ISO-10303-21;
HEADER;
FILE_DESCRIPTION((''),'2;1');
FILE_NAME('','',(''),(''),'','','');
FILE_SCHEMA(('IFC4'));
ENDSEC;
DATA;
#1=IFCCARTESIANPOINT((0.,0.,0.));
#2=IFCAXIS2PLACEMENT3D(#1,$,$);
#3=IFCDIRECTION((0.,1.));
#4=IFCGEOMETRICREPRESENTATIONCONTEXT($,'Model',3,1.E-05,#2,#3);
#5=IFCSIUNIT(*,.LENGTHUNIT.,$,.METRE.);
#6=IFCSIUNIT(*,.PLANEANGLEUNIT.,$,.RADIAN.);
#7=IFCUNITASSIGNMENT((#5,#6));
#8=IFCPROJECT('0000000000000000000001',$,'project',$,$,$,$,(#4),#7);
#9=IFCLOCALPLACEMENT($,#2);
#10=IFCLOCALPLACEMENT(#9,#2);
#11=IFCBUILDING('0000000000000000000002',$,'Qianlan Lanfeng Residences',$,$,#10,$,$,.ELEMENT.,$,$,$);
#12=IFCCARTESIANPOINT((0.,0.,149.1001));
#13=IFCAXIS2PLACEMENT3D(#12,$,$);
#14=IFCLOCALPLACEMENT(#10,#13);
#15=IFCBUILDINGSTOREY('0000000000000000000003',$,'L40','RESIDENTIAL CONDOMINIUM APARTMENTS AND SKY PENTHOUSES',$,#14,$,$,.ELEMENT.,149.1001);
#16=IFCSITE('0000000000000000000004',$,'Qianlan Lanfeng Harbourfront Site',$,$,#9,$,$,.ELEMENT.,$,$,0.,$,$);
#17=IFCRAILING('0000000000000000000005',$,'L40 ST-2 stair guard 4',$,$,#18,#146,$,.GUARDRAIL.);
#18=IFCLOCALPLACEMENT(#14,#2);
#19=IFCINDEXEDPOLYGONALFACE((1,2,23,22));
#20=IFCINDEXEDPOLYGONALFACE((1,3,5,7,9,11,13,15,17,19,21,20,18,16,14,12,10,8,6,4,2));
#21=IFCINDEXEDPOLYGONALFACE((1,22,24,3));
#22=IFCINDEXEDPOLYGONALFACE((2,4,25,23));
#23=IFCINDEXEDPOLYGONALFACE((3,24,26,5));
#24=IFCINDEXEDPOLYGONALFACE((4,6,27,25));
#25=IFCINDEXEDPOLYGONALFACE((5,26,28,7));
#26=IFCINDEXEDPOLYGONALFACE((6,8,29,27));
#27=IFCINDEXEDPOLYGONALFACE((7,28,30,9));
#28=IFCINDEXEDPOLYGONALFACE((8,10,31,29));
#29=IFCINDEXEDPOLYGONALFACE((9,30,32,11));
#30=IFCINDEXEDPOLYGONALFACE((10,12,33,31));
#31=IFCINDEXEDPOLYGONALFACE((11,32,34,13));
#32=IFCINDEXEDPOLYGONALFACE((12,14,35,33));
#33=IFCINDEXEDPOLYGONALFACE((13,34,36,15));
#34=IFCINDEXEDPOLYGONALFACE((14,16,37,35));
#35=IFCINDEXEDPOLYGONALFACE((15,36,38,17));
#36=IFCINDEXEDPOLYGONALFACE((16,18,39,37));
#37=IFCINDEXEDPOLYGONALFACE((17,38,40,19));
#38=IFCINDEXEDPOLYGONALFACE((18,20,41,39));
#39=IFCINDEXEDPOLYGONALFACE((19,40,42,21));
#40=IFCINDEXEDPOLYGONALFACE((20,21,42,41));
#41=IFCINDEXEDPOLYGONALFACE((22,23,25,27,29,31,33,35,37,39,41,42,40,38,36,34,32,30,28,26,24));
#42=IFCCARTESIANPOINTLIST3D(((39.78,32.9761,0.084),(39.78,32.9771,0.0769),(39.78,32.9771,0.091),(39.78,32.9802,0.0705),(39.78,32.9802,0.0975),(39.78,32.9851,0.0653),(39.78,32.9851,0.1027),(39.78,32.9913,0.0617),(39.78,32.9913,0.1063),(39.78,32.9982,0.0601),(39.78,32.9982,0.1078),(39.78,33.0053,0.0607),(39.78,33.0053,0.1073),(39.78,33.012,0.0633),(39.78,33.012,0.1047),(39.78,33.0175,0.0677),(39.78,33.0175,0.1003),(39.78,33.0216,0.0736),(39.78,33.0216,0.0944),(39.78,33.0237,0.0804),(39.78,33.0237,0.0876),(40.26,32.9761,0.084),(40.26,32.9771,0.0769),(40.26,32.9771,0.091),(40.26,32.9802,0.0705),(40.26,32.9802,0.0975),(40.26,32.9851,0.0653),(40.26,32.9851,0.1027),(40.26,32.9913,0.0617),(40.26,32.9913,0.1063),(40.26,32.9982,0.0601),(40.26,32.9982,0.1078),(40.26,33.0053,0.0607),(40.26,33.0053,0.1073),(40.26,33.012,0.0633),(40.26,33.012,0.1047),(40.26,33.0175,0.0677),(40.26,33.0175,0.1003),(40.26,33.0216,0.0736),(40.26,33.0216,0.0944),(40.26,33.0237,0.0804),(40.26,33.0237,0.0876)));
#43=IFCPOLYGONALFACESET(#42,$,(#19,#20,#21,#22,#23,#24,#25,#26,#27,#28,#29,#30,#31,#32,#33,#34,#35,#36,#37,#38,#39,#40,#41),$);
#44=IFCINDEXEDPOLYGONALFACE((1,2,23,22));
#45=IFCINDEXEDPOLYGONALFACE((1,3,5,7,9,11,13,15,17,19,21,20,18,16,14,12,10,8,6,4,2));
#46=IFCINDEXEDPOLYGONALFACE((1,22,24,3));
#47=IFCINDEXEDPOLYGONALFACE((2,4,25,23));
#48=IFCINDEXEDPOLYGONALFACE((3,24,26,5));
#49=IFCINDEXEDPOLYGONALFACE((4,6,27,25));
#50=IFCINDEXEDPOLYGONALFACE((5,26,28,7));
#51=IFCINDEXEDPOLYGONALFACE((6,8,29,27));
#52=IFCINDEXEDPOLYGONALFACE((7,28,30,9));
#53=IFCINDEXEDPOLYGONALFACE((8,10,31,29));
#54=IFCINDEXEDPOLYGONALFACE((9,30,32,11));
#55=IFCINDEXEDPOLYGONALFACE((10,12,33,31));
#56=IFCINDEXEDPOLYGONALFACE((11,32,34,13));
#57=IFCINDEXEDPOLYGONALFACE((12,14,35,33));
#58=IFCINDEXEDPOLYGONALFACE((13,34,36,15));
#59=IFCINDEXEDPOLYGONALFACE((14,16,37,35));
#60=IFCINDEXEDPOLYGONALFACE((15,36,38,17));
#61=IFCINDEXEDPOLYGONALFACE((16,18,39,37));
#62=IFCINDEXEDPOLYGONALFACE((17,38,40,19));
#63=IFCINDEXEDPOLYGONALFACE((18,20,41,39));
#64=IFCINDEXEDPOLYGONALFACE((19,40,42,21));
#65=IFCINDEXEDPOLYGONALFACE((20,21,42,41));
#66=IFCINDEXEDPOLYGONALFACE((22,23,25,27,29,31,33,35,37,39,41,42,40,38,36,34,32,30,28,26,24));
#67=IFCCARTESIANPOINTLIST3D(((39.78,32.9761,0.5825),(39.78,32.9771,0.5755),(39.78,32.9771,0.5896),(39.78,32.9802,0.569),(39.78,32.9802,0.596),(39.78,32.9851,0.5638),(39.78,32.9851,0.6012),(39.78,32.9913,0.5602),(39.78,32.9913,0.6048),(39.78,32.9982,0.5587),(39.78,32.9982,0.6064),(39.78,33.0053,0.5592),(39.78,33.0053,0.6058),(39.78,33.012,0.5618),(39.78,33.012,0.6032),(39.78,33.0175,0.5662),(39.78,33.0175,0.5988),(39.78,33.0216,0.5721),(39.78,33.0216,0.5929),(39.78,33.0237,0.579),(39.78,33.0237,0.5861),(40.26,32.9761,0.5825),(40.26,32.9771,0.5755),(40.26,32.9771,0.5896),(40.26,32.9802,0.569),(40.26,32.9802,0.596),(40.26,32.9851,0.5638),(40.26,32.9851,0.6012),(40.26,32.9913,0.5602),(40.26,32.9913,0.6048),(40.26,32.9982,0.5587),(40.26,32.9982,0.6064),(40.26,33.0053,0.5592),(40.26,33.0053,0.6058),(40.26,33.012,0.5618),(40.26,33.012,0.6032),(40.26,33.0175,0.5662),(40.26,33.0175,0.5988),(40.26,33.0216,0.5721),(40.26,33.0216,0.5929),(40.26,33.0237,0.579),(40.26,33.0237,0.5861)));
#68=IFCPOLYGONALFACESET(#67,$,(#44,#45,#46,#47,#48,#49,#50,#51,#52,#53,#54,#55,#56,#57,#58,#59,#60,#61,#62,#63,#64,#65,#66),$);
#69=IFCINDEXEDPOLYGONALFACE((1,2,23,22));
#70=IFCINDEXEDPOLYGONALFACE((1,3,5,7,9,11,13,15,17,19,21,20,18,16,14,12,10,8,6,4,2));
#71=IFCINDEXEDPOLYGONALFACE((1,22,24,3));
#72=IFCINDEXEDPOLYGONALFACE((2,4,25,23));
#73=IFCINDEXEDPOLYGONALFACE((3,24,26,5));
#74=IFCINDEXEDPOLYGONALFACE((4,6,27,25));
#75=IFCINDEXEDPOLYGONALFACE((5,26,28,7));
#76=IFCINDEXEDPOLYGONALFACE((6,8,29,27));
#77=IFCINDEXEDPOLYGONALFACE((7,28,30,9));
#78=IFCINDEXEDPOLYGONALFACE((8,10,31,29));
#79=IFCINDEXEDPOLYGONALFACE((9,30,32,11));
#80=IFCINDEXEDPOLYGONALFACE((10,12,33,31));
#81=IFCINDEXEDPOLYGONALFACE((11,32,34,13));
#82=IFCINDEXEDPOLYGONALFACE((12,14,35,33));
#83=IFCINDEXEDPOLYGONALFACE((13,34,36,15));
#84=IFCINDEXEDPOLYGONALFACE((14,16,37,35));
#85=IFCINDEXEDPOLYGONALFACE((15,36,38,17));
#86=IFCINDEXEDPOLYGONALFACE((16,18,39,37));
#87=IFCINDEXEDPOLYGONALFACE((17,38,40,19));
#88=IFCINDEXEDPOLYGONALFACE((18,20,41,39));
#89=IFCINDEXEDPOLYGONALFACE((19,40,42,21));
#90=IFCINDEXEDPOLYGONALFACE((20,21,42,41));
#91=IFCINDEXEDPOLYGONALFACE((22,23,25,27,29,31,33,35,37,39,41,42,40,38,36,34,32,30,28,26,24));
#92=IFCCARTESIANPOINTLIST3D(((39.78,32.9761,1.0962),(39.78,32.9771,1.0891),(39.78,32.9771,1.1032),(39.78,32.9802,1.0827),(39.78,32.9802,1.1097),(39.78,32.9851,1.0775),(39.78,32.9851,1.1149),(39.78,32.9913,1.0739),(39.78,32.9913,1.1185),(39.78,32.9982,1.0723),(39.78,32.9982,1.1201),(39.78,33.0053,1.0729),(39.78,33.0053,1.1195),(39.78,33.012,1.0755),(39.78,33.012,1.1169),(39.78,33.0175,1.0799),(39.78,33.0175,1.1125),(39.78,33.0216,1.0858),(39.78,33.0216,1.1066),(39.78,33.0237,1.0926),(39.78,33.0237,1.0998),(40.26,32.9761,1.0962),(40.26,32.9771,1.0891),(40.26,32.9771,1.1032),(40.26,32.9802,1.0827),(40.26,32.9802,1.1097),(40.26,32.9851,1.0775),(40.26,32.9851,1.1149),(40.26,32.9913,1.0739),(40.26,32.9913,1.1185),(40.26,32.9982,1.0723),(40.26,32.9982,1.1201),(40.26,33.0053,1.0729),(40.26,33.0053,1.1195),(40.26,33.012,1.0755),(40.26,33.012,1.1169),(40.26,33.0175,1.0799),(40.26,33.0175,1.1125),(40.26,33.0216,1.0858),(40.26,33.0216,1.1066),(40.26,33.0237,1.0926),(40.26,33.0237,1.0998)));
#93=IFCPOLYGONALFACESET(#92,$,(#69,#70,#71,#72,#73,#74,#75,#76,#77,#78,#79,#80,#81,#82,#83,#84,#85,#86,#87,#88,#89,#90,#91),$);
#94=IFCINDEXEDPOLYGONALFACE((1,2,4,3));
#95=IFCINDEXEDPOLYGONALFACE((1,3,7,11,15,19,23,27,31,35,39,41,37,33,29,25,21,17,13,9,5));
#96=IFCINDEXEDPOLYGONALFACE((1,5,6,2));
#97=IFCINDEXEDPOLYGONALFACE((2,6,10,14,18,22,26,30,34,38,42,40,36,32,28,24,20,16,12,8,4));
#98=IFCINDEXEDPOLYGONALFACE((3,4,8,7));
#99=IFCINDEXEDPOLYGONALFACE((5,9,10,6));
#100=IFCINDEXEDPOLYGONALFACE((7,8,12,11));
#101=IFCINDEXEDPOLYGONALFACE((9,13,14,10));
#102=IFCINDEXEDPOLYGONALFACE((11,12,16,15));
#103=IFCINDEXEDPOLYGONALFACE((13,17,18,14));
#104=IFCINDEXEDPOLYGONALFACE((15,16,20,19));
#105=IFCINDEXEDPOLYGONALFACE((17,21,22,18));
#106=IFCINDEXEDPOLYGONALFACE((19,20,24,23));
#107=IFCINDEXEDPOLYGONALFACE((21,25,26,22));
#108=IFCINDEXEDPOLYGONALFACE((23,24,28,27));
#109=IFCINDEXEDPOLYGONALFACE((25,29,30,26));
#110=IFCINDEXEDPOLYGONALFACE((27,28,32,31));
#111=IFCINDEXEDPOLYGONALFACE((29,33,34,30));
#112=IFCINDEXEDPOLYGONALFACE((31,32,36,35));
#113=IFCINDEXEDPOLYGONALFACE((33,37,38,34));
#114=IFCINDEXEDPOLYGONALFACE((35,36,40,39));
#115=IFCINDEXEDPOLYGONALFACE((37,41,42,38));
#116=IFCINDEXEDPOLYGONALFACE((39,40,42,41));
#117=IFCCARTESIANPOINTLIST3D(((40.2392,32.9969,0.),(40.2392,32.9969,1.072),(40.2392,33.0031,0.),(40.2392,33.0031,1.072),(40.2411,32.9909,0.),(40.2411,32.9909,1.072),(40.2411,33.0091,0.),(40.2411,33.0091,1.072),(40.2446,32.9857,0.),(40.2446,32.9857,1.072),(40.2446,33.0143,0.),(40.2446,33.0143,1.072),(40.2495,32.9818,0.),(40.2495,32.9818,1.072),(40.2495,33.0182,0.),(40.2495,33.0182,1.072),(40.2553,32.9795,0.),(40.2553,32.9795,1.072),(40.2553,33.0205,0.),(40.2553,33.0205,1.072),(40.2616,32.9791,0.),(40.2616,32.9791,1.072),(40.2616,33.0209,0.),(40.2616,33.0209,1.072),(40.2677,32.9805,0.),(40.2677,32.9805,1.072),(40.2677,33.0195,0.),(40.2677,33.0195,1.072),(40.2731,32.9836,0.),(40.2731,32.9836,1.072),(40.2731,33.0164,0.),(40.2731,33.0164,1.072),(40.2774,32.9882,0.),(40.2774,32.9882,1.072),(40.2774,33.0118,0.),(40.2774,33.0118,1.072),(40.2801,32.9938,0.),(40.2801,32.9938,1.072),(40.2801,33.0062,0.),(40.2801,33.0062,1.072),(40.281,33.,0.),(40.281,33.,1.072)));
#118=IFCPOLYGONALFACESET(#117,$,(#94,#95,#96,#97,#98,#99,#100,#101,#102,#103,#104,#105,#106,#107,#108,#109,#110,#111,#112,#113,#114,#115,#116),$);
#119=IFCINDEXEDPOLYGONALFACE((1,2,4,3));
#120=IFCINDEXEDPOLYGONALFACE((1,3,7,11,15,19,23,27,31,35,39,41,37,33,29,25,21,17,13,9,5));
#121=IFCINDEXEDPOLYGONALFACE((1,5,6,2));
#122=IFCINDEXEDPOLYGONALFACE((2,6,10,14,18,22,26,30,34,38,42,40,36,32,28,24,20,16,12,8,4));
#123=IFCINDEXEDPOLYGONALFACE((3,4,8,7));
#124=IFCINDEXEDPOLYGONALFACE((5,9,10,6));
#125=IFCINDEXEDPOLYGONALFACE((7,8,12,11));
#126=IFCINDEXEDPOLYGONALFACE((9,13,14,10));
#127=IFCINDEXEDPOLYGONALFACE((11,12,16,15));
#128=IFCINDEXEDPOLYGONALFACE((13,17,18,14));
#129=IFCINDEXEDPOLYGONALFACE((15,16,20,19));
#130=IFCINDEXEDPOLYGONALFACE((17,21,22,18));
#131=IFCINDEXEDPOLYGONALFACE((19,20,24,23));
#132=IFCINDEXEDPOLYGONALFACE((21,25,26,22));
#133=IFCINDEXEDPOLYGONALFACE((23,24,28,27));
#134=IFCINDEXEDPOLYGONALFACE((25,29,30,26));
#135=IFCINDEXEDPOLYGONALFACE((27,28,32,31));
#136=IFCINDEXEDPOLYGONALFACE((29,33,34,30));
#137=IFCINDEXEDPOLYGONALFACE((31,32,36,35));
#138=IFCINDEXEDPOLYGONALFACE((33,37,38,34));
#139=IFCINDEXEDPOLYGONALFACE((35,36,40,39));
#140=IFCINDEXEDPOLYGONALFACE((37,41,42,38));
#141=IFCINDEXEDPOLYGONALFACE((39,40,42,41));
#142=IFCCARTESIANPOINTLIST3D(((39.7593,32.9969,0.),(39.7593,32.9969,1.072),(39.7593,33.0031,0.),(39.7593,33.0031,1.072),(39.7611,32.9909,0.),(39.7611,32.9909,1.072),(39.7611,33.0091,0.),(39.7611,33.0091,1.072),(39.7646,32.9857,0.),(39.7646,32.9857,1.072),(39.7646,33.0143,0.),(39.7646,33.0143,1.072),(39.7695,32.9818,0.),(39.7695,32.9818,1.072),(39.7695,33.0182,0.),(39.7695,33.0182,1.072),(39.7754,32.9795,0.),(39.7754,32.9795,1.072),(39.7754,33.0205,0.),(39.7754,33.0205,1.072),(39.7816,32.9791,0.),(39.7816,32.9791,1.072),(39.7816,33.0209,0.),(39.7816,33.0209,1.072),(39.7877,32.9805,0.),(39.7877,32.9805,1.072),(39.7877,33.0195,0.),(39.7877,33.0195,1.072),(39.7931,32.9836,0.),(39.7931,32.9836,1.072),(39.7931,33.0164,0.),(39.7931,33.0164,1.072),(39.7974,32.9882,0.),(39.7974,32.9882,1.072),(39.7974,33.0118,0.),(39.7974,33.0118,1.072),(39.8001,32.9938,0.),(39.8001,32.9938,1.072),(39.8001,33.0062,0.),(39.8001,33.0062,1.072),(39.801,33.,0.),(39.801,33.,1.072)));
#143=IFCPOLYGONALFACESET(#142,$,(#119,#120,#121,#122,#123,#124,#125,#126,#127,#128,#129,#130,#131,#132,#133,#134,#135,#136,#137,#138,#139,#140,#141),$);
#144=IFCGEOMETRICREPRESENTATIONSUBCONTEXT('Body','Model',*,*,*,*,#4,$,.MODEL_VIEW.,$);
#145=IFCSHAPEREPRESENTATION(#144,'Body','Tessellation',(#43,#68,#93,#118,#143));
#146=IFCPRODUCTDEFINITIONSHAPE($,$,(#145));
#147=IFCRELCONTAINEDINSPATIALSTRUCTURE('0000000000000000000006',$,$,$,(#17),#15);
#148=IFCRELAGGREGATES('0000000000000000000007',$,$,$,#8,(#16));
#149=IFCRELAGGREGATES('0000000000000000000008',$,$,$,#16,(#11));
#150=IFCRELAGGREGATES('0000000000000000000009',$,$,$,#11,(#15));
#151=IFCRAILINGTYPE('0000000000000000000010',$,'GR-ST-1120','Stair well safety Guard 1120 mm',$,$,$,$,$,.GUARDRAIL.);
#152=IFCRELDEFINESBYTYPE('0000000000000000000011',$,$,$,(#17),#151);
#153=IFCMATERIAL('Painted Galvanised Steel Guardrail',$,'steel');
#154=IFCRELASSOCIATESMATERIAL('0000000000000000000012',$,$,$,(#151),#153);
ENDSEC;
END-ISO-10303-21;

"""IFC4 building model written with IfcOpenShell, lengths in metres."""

from ifc_helpers import new_model, si_unit, direction, frame, origin, origin_2d, place, context, subcontext, project, spatial, circle, extrude, material, type_object, element, save


model = new_model("IFC4")

# Units and contexts
model_context = context("Model", 3, precision=1e-05, world=origin(), true_north=direction((0.0, 1.0)))
body_context = subcontext(model_context, "Body", "Model", "MODEL_VIEW")
ifc_project = project(units=[si_unit("LENGTHUNIT", "METRE"), si_unit("PLANEANGLEUNIT", "RADIAN")], contexts=[model_context])

# Site, building, storey
site_placement = place(None, origin())
site = spatial("IfcSite", under=ifc_project, at=site_placement, Name="Qianlan Lanfeng Harbourfront Site", CompositionType="ELEMENT", RefElevation=0.0)
building_placement = place(site_placement, origin())
building = spatial("IfcBuilding", under=site, at=building_placement, Name="Qianlan Lanfeng Residences", CompositionType="ELEMENT")
storey_placement = place(building_placement, frame((0.0, 0.0, 149.1001)))
storey = spatial("IfcBuildingStorey", under=building, at=storey_placement, Name="L40", Description="RESIDENTIAL CONDOMINIUM APARTMENTS AND SKY PENTHOUSES", CompositionType="ELEMENT", Elevation=149.1001)

# Railing
ifc_material_1 = material(Name="Painted Galvanised Steel Guardrail", Category="steel")
railing_type_1 = type_object("IfcRailingType", Name="GR-ST-1120", Description="Stair well safety Guard 1120 mm", PredefinedType="GUARDRAIL", material=ifc_material_1)
railing_1_placement = place(storey_placement, frame((40.26, 33.0, 0.0)))
element("IfcRailing", 1, at=railing_1_placement, inside=storey, type_object=railing_type_1, Name="L40 ST-2 stair guard 4", PredefinedType="GUARDRAIL", context=body_context, shape_type="SweptSolid", body=[
    extrude(circle(Radius=0.0239, at=origin_2d()), frame((0.0, 0.0, 0.084), z_axis=(-1.0, 0.0, 0.0), x_axis=(0.0, -1.0, 0.0)), (0.0, 0.0, 1.0), 0.48),
    extrude(circle(Radius=0.0239, at=origin_2d()), frame((0.0, 0.0, 0.5825), z_axis=(-1.0, 0.0, 0.0), x_axis=(0.0, -1.0, 0.0)), (0.0, 0.0, 1.0), 0.48),
    extrude(circle(Radius=0.0239, at=origin_2d()), frame((0.0, 0.0, 1.0962), z_axis=(-1.0, 0.0, 0.0), x_axis=(0.0, -1.0, 0.0)), (0.0, 0.0, 1.0), 0.48),
    extrude(circle(Radius=0.021, at=origin_2d()), origin(), (0.0, 0.0, 1.0), 1.072),
    extrude(circle(Radius=0.021, at=origin_2d()), frame((-0.48, 0.0, 0.0)), (0.0, 0.0, 1.0), 1.072),
])

save(model, "model.ifc")
